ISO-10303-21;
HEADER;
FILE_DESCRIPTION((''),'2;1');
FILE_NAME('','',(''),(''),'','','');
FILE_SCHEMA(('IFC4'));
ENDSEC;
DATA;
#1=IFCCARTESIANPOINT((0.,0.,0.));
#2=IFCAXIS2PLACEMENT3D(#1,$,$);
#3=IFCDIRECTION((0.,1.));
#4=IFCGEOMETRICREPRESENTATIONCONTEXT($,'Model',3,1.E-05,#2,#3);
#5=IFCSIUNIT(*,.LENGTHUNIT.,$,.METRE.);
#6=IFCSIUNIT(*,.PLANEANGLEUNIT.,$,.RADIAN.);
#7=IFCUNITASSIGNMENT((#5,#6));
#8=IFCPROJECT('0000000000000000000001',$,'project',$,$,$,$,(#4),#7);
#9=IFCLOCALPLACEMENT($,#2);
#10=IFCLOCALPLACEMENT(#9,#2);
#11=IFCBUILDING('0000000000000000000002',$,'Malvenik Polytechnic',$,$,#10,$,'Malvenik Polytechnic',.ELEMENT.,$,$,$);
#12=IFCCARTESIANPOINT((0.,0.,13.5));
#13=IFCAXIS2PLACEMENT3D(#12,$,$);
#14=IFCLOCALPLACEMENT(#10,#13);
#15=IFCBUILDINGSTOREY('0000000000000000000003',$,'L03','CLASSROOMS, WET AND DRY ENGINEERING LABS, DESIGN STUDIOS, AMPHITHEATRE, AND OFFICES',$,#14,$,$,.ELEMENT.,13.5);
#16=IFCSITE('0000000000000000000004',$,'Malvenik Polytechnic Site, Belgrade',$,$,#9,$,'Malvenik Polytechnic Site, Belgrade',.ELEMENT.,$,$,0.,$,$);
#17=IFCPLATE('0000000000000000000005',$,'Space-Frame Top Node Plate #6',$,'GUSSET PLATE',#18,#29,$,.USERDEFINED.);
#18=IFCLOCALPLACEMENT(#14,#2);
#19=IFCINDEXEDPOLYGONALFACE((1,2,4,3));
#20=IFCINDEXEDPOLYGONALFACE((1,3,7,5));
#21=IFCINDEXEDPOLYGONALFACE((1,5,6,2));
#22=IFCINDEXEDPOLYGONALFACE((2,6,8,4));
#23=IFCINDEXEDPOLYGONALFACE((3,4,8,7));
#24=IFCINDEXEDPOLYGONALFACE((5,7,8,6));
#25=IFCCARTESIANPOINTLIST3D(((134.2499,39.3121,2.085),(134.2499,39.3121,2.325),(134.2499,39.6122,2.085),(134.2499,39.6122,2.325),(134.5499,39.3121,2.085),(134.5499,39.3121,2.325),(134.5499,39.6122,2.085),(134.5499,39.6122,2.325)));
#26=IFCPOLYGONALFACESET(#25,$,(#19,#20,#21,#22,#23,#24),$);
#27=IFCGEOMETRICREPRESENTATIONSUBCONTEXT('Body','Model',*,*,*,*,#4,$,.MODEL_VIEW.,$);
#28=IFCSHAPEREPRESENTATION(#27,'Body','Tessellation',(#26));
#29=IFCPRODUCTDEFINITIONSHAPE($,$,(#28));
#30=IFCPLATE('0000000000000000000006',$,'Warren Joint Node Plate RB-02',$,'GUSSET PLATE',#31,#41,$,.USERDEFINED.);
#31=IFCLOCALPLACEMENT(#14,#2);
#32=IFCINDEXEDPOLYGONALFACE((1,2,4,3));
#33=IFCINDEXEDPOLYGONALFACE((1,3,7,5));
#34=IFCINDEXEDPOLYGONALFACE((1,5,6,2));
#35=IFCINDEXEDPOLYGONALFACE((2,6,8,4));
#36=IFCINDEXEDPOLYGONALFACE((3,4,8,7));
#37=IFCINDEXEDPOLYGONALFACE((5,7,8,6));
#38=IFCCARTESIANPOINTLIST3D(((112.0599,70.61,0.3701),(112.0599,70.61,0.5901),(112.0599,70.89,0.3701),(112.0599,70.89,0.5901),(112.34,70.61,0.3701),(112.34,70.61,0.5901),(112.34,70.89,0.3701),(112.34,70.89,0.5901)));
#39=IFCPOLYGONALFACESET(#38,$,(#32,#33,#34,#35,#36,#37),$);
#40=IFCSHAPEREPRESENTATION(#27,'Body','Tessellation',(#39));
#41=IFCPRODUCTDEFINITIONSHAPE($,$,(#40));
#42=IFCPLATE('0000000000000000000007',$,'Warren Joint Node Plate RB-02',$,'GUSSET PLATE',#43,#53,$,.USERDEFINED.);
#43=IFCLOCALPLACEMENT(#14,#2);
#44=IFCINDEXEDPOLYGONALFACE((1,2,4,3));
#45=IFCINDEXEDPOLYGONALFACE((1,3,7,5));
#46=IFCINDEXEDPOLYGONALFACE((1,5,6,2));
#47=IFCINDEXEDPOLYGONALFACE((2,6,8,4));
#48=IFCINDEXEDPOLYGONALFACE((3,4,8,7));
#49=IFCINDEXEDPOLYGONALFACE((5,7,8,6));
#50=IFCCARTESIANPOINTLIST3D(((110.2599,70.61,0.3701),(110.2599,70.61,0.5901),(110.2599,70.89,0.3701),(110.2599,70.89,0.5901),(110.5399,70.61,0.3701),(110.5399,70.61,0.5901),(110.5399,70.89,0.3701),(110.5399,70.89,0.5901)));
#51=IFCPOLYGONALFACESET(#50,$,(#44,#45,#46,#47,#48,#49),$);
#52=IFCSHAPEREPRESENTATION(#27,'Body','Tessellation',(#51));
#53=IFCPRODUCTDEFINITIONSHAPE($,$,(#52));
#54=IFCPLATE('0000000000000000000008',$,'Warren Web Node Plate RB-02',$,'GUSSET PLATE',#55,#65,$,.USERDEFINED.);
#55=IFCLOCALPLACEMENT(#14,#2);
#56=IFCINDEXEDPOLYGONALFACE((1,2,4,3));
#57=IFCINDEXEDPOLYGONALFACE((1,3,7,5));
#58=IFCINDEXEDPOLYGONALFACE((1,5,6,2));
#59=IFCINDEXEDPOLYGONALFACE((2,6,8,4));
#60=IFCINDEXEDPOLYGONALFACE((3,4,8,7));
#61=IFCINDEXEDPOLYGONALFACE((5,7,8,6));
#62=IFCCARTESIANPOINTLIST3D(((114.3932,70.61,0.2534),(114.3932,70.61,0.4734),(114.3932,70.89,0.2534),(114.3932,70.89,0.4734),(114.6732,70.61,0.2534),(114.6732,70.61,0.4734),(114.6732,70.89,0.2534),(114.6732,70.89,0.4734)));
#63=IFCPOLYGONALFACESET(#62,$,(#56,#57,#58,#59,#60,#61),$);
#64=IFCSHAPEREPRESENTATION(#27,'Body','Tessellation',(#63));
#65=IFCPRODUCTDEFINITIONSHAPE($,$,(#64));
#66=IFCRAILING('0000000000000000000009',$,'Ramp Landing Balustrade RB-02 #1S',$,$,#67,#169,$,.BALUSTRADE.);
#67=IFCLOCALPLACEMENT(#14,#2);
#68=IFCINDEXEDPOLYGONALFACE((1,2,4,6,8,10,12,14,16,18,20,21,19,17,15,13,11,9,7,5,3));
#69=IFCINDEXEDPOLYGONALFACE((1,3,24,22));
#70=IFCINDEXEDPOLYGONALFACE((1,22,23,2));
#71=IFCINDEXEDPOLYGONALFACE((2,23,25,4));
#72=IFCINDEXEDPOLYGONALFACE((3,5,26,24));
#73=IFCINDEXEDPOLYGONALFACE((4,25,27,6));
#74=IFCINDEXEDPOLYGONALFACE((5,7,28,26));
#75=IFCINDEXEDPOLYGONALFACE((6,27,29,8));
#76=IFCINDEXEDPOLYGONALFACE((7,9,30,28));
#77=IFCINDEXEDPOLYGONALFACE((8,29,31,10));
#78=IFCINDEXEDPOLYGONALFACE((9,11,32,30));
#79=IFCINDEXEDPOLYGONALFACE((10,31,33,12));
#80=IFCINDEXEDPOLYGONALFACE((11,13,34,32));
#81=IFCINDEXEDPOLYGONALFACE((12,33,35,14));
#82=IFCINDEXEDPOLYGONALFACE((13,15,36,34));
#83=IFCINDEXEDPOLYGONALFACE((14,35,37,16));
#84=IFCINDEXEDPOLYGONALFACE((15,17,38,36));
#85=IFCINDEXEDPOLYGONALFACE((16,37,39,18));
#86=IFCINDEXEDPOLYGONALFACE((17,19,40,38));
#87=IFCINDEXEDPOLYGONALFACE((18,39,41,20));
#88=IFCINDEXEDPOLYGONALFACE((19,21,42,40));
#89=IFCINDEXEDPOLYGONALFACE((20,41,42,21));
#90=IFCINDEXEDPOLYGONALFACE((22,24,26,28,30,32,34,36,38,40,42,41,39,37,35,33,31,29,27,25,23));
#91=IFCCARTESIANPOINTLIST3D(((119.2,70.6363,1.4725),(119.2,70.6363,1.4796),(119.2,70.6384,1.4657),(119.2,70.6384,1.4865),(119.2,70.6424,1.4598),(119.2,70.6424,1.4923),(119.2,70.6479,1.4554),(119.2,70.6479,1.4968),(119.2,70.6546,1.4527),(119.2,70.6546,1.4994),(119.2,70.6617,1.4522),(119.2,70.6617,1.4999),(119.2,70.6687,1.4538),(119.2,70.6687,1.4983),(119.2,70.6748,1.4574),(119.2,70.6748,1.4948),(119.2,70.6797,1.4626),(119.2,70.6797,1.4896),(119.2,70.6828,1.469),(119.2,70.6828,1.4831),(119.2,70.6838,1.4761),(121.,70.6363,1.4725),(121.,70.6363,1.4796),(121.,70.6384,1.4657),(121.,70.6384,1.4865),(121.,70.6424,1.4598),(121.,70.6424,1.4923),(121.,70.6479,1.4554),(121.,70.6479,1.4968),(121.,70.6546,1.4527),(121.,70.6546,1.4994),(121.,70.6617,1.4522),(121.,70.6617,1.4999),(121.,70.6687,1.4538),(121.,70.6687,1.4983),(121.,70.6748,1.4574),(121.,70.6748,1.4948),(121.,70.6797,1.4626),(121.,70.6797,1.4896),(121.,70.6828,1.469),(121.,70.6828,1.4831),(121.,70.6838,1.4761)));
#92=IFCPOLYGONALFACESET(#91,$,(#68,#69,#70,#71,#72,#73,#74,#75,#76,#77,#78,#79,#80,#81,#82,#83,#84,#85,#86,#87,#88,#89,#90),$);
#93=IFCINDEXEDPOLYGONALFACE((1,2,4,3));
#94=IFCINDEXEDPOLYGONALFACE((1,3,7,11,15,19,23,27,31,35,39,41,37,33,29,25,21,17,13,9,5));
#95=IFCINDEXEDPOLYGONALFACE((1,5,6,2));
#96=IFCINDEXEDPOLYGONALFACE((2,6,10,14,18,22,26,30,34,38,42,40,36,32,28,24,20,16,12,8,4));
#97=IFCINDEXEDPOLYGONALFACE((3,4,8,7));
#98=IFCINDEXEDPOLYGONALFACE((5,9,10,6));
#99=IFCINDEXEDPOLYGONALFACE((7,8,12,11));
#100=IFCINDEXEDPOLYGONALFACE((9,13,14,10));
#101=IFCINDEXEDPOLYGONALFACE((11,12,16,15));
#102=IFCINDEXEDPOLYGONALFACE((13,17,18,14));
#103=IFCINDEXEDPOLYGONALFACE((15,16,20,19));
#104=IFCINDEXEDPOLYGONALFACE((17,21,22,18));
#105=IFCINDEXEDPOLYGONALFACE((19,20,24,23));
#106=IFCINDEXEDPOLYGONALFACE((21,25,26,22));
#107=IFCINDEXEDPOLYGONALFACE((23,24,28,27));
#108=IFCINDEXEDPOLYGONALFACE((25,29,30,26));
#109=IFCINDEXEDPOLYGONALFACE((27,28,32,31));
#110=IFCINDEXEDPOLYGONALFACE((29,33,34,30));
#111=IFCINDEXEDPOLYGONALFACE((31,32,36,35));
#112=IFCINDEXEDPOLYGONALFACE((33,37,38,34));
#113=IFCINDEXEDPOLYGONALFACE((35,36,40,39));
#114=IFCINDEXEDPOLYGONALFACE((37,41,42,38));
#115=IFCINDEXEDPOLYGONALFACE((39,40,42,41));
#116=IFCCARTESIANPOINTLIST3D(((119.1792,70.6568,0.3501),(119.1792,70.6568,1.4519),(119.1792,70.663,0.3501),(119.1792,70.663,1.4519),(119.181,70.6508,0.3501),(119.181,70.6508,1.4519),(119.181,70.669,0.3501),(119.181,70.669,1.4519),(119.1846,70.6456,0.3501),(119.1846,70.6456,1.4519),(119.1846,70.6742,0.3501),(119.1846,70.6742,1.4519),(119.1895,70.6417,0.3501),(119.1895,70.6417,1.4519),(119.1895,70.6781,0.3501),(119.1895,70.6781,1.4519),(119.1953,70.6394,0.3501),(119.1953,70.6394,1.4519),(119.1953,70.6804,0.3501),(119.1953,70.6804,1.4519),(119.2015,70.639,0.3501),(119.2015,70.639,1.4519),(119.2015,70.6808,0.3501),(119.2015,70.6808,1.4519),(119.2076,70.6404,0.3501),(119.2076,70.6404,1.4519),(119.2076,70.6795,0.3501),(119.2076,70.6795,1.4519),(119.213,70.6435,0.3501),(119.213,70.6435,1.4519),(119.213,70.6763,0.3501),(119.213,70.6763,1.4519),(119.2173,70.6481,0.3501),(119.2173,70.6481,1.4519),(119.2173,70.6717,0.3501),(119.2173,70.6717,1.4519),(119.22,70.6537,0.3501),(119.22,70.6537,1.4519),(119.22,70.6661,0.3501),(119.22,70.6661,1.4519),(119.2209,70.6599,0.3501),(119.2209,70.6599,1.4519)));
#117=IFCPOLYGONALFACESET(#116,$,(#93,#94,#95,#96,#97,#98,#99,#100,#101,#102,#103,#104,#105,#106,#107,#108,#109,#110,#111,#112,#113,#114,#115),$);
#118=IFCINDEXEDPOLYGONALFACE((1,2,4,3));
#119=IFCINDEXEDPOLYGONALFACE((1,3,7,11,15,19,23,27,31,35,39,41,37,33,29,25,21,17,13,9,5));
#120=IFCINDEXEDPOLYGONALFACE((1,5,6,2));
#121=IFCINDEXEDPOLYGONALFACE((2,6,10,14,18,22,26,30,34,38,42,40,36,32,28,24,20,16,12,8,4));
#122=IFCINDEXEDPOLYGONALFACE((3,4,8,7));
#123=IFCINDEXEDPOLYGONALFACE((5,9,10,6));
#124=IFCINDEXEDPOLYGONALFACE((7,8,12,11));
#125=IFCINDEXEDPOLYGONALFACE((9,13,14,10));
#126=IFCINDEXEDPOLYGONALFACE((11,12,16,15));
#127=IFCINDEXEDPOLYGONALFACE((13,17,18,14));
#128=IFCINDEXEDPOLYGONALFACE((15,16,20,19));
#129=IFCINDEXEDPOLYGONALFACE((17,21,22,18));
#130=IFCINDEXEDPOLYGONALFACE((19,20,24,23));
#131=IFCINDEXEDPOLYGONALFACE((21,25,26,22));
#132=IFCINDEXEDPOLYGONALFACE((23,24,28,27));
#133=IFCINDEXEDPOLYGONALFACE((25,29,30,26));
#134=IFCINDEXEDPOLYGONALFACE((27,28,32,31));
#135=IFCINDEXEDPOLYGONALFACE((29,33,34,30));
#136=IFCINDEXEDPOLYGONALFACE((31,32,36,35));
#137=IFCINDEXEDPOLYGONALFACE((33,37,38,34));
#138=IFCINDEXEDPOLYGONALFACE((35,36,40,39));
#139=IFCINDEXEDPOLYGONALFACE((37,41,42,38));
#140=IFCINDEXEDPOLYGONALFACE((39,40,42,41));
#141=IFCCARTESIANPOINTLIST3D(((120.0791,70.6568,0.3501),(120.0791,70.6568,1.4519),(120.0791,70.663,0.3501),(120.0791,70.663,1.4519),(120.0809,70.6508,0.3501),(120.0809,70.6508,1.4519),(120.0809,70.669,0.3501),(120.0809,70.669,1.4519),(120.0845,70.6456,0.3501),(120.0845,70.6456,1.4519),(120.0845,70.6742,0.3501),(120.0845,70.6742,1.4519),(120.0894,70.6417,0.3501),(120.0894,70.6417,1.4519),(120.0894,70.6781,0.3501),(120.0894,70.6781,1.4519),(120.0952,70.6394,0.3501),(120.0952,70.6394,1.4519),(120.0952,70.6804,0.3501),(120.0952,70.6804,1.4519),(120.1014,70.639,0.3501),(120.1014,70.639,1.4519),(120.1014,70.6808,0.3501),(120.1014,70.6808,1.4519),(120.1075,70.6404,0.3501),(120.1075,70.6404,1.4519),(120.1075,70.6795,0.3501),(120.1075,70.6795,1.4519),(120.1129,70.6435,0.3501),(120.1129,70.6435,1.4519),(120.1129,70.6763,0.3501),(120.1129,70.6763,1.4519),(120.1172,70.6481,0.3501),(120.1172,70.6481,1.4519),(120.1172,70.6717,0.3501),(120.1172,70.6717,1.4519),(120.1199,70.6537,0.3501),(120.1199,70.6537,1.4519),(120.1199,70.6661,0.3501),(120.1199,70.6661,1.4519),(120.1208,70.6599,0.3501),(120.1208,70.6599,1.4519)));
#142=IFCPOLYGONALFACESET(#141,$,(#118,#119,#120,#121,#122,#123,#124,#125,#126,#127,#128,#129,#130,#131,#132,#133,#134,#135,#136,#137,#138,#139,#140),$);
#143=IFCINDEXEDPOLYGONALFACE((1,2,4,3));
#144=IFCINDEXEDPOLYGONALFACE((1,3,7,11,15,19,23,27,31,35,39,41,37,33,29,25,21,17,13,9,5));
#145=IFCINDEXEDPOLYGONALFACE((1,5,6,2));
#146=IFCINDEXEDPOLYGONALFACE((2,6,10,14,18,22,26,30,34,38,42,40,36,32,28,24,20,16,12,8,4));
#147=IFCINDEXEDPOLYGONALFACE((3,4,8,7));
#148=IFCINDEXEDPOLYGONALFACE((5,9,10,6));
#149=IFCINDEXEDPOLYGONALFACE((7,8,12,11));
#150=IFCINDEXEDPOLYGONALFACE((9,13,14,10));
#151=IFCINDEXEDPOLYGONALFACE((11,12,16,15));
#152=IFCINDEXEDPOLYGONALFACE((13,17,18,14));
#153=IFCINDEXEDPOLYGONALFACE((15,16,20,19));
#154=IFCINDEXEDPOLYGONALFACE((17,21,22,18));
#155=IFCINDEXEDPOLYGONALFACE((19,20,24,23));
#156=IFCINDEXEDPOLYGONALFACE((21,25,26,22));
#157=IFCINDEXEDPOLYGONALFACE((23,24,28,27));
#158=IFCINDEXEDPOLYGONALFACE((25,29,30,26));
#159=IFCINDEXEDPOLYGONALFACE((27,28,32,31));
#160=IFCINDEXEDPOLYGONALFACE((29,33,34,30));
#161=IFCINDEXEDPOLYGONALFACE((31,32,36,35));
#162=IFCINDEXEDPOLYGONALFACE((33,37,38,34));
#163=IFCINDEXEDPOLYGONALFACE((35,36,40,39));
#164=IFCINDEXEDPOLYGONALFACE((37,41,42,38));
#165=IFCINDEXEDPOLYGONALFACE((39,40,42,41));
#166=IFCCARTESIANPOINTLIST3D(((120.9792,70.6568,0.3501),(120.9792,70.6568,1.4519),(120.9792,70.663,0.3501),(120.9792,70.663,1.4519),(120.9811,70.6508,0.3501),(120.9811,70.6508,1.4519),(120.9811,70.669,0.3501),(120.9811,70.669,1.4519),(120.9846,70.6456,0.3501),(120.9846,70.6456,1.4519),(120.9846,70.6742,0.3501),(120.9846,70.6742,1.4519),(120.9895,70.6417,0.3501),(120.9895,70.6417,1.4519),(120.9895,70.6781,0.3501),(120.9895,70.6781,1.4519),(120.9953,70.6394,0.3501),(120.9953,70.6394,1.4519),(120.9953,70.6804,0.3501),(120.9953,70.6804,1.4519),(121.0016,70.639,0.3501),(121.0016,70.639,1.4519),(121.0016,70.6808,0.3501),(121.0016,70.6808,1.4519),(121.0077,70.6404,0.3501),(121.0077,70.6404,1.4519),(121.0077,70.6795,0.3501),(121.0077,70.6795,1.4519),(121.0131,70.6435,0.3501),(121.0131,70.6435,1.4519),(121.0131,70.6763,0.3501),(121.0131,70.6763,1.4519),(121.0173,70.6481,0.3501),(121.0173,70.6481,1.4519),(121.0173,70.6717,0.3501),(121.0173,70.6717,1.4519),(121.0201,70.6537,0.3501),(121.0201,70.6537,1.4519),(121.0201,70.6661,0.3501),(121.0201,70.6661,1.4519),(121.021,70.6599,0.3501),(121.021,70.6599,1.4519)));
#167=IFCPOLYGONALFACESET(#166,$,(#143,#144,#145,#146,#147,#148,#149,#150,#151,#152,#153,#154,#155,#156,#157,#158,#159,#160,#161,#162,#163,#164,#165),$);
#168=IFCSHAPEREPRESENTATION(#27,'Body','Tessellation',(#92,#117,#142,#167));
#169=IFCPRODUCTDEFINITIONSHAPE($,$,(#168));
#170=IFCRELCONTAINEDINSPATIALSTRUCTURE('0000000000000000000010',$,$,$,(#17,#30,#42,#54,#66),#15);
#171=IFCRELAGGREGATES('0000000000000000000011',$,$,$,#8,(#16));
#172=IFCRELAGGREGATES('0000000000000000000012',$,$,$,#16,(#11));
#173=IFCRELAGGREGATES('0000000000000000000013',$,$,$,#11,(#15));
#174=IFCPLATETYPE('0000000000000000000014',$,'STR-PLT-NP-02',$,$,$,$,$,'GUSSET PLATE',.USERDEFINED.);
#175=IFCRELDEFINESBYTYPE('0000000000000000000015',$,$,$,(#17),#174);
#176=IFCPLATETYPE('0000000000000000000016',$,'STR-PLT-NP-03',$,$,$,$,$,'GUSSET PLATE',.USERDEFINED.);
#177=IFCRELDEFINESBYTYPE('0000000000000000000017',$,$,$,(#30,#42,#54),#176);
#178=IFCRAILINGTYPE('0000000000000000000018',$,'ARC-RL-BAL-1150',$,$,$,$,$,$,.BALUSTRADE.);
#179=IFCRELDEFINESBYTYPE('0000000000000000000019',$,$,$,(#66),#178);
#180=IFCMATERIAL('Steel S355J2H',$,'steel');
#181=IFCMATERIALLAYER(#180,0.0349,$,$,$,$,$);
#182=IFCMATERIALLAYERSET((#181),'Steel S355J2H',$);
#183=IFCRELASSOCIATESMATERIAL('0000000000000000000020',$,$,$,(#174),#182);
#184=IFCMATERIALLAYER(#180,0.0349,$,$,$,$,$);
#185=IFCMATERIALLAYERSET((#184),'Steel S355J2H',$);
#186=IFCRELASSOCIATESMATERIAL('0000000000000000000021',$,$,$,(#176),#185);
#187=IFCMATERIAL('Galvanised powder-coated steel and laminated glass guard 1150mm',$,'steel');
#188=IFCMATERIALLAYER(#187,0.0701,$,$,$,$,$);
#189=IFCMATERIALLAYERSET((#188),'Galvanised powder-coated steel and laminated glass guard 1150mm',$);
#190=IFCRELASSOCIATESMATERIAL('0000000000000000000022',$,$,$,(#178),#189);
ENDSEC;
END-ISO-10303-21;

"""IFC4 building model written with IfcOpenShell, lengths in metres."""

from ifc_helpers import new_model, si_unit, direction, frame, origin, origin_2d, place, context, subcontext, project, spatial, rectangle, circle, extrude, material, layer, layer_set, type_object, element, save


model = new_model("IFC4")

# Units and contexts
model_context = context("Model", 3, precision=1e-05, world=origin(), true_north=direction((0.0, 1.0)))
body_context = subcontext(model_context, "Body", "Model", "MODEL_VIEW")
ifc_project = project(units=[si_unit("LENGTHUNIT", "METRE"), si_unit("PLANEANGLEUNIT", "RADIAN")], contexts=[model_context])

# Site, building, storey
site_placement = place(None, origin())
site = spatial("IfcSite", under=ifc_project, at=site_placement, Name="Malvenik Polytechnic Site, Belgrade", LongName="Malvenik Polytechnic Site, Belgrade", CompositionType="ELEMENT", RefElevation=0.0)
building_placement = place(site_placement, origin())
building = spatial("IfcBuilding", under=site, at=building_placement, Name="Malvenik Polytechnic", LongName="Malvenik Polytechnic", CompositionType="ELEMENT")
storey_placement = place(building_placement, frame((0.0, 0.0, 13.5)))
storey = spatial("IfcBuildingStorey", under=building, at=storey_placement, Name="L03", Description="CLASSROOMS, WET AND DRY ENGINEERING LABS, DESIGN STUDIOS, AMPHITHEATRE, AND OFFICES", CompositionType="ELEMENT", Elevation=13.5)

# Shared definitions
ifc_material_1 = material(Name="Steel S355J2H", Category="steel")

# Plates
ifc_layer_1 = layer(ifc_material_1, 0.0349)
ifc_layer_set_1 = layer_set([ifc_layer_1], Name="Steel S355J2H")
plate_type_1 = type_object("IfcPlateType", Name="STR-PLT-NP-02", ElementType="GUSSET PLATE", PredefinedType="USERDEFINED", material=ifc_layer_set_1)
for number, where, z_axis, x_axis, name in (
    (1, (134.3999, 39.4622, 2.085), (0.0, 0.0, 1.0), (1.0, 0.0, 0.0), "Space-Frame Top Node Plate #6"),
):
    element("IfcPlate", number, at=place(storey_placement, frame(where, z_axis=z_axis, x_axis=x_axis)), inside=storey, type_object=plate_type_1, Name=name, ObjectType="GUSSET PLATE", PredefinedType="USERDEFINED", context=body_context, shape_type="SweptSolid", body=[
        extrude(rectangle(XDim=0.3, YDim=0.3, at=origin_2d()), origin(), (0.0, 0.0, 1.0), 0.24),
    ])
ifc_layer_2 = layer(ifc_material_1, 0.0349)
ifc_layer_set_2 = layer_set([ifc_layer_2], Name="Steel S355J2H")
plate_type_2 = type_object("IfcPlateType", Name="STR-PLT-NP-03", ElementType="GUSSET PLATE", PredefinedType="USERDEFINED", material=ifc_layer_set_2)
for number, where, z_axis, x_axis, name in (
    (2, (112.2, 70.75, 0.3701), (0.0, 0.0, 1.0), (1.0, 0.0, 0.0), "Warren Joint Node Plate RB-02"),
    (3, (110.3999, 70.75, 0.3701), (0.0, 0.0, 1.0), (1.0, 0.0, 0.0), "Warren Joint Node Plate RB-02"),
    (4, (114.5332, 70.75, 0.2534), (0.0, 0.0, 1.0), (1.0, 0.0, 0.0), "Warren Web Node Plate RB-02"),
):
    element("IfcPlate", number, at=place(storey_placement, frame(where, z_axis=z_axis, x_axis=x_axis)), inside=storey, type_object=plate_type_2, Name=name, ObjectType="GUSSET PLATE", PredefinedType="USERDEFINED", context=body_context, shape_type="SweptSolid", body=[
        extrude(rectangle(XDim=0.28, YDim=0.28, at=origin_2d()), origin(), (0.0, 0.0, 1.0), 0.22),
    ])

# Railing
ifc_material_2 = material(Name="Galvanised powder-coated steel and laminated glass guard 1150mm", Category="steel")
ifc_layer_3 = layer(ifc_material_2, 0.0701)
ifc_layer_set_3 = layer_set([ifc_layer_3], Name="Galvanised powder-coated steel and laminated glass guard 1150mm")
railing_type_1 = type_object("IfcRailingType", Name="ARC-RL-BAL-1150", PredefinedType="BALUSTRADE", material=ifc_layer_set_3)
railing_1_placement = place(storey_placement, frame((119.2, 70.6599, 0.3501)))
element("IfcRailing", 5, at=railing_1_placement, inside=storey, type_object=railing_type_1, Name="Ramp Landing Balustrade RB-02 #1S", PredefinedType="BALUSTRADE", context=body_context, shape_type="SweptSolid", body=[
    extrude(circle(Radius=0.0239, at=origin_2d()), frame((0.0, 0.0, 1.126), z_axis=(1.0, 0.0, 0.0), x_axis=(0.0, 1.0, 0.0)), (0.0, 0.0, 1.0), 1.8),
    extrude(circle(Radius=0.021, at=origin_2d()), origin(), (0.0, 0.0, 1.0), 1.1018),
    extrude(circle(Radius=0.021, at=origin_2d()), frame((0.8999, 0.0, 0.0)), (0.0, 0.0, 1.0), 1.1018),
    extrude(circle(Radius=0.021, at=origin_2d()), frame((1.8, 0.0, 0.0)), (0.0, 0.0, 1.0), 1.1018),
])

save(model, "model.ifc")
